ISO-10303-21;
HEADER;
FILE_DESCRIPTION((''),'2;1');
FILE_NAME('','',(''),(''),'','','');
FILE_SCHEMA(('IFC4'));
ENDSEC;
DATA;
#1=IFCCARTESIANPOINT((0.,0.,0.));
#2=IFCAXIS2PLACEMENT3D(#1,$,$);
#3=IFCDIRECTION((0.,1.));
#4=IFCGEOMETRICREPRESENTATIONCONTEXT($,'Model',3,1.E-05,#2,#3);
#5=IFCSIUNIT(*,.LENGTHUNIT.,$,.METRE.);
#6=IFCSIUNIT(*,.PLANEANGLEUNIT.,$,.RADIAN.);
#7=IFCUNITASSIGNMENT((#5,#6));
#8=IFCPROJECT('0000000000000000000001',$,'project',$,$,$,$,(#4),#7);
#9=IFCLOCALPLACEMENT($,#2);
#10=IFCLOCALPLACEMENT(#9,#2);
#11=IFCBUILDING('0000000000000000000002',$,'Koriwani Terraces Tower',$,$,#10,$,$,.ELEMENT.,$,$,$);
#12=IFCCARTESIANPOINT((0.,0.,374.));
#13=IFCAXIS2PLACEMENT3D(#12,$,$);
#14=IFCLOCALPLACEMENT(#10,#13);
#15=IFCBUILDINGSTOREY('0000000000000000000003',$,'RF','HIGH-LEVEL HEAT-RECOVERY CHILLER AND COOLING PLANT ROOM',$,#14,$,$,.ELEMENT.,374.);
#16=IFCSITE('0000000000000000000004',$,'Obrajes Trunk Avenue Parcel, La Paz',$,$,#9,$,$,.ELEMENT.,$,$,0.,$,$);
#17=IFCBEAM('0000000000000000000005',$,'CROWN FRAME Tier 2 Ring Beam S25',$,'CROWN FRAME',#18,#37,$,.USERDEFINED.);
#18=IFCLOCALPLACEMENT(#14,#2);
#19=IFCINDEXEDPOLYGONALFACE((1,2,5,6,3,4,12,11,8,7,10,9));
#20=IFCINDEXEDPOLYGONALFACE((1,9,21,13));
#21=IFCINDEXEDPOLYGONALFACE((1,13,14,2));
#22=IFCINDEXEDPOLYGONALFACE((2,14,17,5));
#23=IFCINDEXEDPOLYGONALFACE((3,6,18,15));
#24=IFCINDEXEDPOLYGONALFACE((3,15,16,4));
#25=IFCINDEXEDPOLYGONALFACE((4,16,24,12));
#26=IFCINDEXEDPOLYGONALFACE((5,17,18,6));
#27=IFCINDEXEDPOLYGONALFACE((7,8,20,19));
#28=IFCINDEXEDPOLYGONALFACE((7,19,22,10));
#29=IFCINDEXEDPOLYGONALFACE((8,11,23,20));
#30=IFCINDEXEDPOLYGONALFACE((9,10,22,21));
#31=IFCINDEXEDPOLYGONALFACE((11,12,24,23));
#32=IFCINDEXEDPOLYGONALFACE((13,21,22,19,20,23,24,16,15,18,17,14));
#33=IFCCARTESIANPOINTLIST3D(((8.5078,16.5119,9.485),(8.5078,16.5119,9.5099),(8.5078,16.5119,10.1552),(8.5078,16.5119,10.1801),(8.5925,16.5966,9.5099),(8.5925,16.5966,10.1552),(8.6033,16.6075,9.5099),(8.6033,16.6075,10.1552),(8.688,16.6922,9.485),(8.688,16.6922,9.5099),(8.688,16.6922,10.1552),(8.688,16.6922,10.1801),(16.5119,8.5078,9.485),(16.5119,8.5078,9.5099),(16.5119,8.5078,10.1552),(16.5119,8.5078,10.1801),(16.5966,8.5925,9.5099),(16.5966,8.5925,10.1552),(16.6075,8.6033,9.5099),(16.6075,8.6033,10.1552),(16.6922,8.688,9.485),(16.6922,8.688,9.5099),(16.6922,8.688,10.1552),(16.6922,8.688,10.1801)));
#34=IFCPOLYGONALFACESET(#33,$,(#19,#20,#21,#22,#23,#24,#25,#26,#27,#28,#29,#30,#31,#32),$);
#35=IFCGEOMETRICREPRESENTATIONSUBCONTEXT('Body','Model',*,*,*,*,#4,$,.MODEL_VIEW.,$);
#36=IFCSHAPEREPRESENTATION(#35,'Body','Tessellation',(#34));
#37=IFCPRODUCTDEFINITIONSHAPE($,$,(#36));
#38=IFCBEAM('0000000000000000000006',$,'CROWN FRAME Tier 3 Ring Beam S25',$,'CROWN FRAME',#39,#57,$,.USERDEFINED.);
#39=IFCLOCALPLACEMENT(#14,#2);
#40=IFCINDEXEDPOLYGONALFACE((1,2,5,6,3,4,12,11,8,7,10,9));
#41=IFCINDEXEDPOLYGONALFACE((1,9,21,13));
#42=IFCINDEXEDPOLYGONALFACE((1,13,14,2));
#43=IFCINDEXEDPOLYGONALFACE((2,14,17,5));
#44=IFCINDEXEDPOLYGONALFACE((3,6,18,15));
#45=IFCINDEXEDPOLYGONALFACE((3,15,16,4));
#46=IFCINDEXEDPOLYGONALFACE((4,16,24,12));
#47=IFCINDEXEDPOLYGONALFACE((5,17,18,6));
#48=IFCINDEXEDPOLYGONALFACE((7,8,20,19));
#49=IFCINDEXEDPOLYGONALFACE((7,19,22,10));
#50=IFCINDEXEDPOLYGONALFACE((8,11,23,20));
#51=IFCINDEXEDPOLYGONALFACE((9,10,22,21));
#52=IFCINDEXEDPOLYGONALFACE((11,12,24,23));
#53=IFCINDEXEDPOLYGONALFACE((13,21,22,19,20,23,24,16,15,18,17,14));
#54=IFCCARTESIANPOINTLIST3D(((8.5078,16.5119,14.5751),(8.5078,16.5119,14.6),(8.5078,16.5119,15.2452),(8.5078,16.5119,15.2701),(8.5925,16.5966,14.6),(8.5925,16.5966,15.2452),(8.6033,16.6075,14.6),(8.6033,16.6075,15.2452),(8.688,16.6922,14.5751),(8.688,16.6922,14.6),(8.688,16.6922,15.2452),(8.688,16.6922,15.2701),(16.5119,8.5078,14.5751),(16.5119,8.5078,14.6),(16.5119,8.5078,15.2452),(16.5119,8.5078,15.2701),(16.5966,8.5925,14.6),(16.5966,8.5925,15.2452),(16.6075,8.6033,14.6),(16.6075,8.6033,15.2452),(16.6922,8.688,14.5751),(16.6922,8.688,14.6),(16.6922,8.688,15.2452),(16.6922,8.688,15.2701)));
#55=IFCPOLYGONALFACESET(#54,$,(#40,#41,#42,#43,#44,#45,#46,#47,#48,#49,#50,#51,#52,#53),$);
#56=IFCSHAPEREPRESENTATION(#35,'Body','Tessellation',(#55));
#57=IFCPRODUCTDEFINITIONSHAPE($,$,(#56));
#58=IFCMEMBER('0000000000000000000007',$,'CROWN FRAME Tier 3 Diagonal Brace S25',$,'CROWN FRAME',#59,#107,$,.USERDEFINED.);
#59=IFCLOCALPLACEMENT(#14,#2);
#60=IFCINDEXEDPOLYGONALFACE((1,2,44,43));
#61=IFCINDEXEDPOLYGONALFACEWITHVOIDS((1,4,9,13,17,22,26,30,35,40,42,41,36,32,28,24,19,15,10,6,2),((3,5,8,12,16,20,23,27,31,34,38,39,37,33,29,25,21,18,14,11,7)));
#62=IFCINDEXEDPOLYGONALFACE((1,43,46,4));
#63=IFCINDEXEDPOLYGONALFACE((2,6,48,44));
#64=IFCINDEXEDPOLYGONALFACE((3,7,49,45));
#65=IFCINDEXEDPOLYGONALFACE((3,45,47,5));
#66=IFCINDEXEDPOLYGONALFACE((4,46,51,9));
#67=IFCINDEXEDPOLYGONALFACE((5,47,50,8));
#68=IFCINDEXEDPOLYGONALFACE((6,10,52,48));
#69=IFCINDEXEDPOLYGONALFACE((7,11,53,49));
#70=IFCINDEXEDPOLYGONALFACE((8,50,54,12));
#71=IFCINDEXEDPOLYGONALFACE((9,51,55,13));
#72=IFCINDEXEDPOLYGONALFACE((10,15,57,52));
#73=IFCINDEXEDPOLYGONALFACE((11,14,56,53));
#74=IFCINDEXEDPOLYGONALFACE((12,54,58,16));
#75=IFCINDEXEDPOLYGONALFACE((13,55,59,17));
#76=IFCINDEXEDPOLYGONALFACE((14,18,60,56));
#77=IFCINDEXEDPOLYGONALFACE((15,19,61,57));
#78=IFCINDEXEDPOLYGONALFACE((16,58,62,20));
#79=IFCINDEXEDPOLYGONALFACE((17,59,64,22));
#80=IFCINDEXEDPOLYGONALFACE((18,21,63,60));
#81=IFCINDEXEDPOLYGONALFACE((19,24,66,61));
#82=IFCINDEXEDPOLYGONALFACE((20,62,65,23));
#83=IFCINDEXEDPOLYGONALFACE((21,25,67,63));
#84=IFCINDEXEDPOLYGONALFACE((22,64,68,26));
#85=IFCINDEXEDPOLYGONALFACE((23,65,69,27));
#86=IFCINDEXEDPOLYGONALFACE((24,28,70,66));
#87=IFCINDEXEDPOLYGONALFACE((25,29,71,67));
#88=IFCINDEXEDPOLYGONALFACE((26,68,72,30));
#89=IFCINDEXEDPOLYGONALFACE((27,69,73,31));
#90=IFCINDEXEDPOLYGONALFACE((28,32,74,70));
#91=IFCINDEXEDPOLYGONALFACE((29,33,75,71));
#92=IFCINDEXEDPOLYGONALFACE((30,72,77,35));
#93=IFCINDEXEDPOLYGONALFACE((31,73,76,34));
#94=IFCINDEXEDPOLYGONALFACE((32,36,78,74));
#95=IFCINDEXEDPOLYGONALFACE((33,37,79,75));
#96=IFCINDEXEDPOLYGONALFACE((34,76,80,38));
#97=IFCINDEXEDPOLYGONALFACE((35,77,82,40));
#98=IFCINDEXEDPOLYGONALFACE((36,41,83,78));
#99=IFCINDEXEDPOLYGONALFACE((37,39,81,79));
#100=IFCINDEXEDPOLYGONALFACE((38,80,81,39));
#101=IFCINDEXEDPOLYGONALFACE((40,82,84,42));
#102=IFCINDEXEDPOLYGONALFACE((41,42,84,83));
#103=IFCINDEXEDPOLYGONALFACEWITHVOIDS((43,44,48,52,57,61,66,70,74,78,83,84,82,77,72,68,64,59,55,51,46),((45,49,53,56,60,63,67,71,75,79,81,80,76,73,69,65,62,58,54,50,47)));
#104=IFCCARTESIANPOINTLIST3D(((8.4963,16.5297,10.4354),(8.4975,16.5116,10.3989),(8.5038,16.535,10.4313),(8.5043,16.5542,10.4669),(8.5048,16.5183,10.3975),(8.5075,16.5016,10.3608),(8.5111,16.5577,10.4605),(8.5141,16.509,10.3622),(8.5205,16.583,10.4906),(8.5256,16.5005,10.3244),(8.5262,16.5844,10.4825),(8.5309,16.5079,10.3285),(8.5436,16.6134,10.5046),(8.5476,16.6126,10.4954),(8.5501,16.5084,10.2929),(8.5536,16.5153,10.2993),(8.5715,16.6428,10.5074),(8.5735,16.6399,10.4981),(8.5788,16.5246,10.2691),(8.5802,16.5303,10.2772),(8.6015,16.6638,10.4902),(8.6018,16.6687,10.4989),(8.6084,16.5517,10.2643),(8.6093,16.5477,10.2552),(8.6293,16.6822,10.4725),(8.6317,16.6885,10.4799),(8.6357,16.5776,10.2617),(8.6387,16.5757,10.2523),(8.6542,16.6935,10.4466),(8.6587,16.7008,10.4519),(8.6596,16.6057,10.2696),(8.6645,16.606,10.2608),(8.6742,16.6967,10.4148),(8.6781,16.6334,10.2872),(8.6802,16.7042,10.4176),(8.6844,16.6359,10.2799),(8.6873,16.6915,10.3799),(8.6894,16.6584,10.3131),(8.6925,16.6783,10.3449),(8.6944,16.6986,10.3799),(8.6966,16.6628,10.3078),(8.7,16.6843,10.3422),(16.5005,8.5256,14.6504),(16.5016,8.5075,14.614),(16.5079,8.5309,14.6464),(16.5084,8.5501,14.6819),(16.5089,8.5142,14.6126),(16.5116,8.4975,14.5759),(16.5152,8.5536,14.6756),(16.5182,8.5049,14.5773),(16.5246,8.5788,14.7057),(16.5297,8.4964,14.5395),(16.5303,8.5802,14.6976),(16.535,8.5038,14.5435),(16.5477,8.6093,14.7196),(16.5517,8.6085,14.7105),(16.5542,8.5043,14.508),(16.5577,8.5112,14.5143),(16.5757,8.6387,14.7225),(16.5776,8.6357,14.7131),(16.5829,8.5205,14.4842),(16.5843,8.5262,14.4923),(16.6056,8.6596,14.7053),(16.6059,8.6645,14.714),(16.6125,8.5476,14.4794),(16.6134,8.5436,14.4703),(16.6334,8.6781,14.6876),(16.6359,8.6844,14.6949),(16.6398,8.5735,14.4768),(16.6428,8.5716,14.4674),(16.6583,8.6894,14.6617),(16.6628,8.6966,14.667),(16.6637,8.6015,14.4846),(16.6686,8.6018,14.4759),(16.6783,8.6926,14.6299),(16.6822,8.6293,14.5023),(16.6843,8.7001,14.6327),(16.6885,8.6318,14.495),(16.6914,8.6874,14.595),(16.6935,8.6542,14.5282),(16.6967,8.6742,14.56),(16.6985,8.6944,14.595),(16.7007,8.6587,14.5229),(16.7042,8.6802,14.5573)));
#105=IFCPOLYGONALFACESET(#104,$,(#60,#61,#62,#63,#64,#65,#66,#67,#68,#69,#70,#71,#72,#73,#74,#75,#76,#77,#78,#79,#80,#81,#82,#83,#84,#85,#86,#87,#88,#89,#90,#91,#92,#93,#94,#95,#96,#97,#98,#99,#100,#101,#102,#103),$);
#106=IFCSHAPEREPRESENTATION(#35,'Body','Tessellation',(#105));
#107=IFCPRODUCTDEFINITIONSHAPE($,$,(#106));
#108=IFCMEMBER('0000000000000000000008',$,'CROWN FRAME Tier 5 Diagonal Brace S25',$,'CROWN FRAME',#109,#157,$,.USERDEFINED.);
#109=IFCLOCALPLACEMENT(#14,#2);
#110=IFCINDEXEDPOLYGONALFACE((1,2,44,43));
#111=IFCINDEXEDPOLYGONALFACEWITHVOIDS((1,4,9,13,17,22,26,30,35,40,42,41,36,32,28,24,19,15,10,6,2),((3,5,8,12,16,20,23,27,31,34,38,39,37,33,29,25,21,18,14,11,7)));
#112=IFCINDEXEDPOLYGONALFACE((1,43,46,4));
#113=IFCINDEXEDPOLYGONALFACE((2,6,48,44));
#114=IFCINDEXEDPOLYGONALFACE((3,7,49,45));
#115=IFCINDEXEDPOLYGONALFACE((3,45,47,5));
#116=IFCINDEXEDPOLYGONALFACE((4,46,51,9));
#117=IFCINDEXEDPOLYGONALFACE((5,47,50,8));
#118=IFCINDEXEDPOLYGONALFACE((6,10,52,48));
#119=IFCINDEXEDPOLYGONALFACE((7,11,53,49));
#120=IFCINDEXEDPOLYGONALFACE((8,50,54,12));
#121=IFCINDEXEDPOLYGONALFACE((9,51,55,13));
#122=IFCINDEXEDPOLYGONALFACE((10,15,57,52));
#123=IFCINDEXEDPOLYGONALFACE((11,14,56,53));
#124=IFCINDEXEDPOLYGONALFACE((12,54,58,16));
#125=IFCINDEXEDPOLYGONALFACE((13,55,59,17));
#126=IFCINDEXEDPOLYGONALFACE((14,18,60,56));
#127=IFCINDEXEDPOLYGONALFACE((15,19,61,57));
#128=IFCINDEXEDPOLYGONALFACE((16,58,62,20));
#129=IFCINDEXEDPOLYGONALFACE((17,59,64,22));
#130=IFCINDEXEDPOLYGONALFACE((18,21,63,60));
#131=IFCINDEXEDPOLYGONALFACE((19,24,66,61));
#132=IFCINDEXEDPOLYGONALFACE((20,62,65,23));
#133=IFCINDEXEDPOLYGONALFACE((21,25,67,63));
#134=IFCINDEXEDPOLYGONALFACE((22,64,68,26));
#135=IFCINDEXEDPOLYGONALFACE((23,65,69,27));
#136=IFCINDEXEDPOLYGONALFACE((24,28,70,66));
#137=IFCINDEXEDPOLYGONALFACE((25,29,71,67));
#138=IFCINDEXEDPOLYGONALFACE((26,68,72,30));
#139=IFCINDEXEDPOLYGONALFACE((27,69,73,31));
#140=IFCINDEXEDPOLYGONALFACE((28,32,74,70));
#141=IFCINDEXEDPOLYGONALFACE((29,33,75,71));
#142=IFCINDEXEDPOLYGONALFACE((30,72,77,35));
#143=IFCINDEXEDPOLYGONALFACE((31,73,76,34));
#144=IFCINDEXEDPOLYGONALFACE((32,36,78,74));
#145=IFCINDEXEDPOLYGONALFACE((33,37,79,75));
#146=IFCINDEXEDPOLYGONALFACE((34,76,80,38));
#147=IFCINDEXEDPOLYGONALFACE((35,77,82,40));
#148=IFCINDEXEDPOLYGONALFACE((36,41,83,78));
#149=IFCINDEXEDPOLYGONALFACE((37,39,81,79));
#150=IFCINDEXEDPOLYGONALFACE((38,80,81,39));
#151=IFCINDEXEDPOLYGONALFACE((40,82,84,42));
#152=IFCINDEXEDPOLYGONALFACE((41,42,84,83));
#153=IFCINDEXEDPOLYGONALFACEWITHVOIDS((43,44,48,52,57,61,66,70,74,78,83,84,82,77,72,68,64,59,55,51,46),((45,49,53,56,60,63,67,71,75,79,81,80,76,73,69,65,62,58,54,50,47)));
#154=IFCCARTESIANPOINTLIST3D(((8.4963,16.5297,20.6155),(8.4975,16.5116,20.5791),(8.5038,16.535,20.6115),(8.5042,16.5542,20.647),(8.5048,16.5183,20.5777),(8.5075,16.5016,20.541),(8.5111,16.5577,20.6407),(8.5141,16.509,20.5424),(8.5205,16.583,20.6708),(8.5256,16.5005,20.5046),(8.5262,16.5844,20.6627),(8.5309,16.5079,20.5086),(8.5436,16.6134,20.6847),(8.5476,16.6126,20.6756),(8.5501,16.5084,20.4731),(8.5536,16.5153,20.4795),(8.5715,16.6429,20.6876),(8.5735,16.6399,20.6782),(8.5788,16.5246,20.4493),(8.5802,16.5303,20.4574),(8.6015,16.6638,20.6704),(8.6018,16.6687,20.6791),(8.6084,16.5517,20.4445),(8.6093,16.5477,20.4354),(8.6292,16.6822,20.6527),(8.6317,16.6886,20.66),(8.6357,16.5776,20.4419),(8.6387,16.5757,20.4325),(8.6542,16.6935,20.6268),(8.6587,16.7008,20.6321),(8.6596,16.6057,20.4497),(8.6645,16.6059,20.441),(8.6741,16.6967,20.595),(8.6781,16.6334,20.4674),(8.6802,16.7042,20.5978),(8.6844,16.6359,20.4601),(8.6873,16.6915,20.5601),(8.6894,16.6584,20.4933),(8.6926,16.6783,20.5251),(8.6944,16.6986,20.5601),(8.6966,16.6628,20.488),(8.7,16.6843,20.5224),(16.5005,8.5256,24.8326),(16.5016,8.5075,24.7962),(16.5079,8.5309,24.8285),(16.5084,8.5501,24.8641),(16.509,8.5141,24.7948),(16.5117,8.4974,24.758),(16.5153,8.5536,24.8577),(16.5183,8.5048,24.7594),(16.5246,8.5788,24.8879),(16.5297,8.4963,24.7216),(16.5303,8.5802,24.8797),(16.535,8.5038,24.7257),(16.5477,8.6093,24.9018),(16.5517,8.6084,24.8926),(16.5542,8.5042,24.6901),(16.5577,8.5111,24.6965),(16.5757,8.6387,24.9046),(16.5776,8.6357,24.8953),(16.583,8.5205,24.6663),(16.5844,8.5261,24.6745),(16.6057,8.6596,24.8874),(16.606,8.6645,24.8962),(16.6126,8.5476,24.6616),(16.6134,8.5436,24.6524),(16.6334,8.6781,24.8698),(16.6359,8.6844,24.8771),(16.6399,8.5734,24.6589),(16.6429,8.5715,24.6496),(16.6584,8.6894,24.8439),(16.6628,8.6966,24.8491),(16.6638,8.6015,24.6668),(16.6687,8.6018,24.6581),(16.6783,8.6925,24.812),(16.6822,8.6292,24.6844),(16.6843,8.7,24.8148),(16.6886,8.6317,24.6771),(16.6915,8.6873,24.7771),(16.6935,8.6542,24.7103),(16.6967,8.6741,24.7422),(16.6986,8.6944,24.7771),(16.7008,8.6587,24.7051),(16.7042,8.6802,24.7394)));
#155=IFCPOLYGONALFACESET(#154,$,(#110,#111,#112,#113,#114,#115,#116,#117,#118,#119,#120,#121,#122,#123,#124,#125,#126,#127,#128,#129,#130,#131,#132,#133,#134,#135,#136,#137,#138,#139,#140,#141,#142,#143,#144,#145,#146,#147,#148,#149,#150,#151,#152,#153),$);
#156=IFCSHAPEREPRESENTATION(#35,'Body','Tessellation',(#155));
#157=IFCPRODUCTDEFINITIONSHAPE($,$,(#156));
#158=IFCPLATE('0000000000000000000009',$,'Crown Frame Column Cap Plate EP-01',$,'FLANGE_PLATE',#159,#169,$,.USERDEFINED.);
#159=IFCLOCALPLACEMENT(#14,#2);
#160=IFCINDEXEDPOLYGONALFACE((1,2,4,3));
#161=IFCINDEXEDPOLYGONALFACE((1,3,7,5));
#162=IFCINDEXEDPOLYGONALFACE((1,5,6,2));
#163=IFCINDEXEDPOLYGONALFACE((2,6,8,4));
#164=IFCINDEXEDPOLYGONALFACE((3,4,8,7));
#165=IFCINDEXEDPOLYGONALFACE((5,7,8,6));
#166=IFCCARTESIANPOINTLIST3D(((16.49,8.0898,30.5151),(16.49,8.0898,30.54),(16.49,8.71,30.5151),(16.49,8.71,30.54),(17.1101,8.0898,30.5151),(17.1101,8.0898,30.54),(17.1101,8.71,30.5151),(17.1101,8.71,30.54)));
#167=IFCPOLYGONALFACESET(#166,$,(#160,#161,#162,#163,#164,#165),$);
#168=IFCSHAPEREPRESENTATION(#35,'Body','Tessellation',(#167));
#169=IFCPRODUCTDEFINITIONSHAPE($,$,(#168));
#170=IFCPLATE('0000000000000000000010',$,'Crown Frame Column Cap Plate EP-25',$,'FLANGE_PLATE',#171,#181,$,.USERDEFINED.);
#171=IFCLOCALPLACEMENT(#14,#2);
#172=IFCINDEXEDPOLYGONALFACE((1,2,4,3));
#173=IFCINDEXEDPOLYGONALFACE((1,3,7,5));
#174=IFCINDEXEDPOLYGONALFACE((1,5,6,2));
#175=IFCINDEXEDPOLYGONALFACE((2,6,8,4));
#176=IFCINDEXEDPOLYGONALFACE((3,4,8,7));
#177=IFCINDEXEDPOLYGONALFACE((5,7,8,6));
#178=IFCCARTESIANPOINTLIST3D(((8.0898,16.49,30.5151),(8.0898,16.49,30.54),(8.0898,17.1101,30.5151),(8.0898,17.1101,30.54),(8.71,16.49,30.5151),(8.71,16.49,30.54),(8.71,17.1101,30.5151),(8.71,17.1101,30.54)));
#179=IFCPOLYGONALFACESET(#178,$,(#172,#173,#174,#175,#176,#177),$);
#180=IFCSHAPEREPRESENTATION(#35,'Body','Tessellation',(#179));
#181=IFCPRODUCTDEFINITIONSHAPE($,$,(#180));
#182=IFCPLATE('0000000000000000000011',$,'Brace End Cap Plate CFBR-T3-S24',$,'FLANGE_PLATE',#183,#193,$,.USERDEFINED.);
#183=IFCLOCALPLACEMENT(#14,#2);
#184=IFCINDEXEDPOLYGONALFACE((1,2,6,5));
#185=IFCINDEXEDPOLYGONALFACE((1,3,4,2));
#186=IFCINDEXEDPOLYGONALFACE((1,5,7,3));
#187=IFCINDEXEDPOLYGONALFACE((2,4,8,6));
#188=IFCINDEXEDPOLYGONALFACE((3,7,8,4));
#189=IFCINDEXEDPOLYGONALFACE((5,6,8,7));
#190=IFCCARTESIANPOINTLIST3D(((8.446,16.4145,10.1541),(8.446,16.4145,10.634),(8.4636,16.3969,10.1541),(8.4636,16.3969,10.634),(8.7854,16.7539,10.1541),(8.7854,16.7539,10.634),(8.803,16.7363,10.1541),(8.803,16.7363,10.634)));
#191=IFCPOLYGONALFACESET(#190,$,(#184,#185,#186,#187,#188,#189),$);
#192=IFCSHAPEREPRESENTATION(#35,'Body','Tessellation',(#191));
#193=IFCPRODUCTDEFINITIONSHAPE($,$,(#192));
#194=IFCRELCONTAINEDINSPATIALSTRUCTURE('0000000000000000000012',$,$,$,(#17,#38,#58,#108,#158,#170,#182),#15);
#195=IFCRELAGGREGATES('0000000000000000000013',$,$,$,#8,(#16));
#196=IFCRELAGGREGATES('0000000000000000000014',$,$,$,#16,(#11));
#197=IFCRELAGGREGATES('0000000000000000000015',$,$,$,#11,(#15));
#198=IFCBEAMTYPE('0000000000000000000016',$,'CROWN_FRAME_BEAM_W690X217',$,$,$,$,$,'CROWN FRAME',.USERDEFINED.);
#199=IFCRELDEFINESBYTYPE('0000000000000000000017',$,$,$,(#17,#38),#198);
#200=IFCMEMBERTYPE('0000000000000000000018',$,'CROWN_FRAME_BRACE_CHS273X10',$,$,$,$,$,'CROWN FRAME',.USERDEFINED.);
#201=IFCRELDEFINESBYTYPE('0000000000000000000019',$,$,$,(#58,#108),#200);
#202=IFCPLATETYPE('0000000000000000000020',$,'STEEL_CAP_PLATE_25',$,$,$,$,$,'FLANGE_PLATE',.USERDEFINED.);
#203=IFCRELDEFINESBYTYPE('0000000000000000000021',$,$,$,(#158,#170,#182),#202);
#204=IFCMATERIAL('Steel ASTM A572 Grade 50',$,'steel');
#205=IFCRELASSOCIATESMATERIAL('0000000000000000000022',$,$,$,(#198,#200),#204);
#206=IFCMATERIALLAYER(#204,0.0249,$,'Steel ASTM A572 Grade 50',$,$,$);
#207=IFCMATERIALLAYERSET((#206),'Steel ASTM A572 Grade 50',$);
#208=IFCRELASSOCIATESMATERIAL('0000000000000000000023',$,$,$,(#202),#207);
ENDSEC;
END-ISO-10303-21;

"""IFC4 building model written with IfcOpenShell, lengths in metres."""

from ifc_helpers import new_model, si_unit, direction, frame, origin, origin_2d, place, context, subcontext, project, spatial, rectangle, hollow_circle, i_section, extrude, material, layer, layer_set, material_profile, profile_set, type_object, element, save


model = new_model("IFC4")

# Units and contexts
model_context = context("Model", 3, precision=1e-05, world=origin(), true_north=direction((0.0, 1.0)))
body_context = subcontext(model_context, "Body", "Model", "MODEL_VIEW")
ifc_project = project(units=[si_unit("LENGTHUNIT", "METRE"), si_unit("PLANEANGLEUNIT", "RADIAN")], contexts=[model_context])

# Site, building, storey
site_placement = place(None, origin())
site = spatial("IfcSite", under=ifc_project, at=site_placement, Name="Obrajes Trunk Avenue Parcel, La Paz", CompositionType="ELEMENT", RefElevation=0.0)
building_placement = place(site_placement, origin())
building = spatial("IfcBuilding", under=site, at=building_placement, Name="Koriwani Terraces Tower", CompositionType="ELEMENT")
storey_placement = place(building_placement, frame((0.0, 0.0, 374.0)))
storey = spatial("IfcBuildingStorey", under=building, at=storey_placement, Name="RF", Description="HIGH-LEVEL HEAT-RECOVERY CHILLER AND COOLING PLANT ROOM", CompositionType="ELEMENT", Elevation=374.0)

# Shared definitions
ifc_material_1 = material(Name="Steel ASTM A572 Grade 50", Category="steel")

# Beams
ifc_material_profile_1 = material_profile(ifc_material_1, i_section(OverallWidth=0.2549, OverallDepth=0.6951, WebThickness=0.0154, FlangeThickness=0.0249, at=origin_2d()), Name="Steel ASTM A572 Grade 50", Category="LoadBearing")
ifc_profile_set_1 = profile_set([ifc_material_profile_1], Name="Steel ASTM A572 Grade 50")
beam_type_1 = type_object("IfcBeamType", Name="CROWN_FRAME_BEAM_W690X217", ElementType="CROWN FRAME", PredefinedType="USERDEFINED", material=ifc_profile_set_1)
for number, where, z_axis, x_axis, name in (
    (1, (8.5979, 16.6021, 9.8325), (0.707107, -0.707107, 0.0), (0.707107, 0.707107, 0.0), "CROWN FRAME Tier 2 Ring Beam S25"),
    (2, (8.5979, 16.6021, 14.9226), (0.707107, -0.707107, 0.0), (0.707107, 0.707107, 0.0), "CROWN FRAME Tier 3 Ring Beam S25"),
):
    element("IfcBeam", number, at=place(storey_placement, frame(where, z_axis=z_axis, x_axis=x_axis)), inside=storey, type_object=beam_type_1, Name=name, ObjectType="CROWN FRAME", PredefinedType="USERDEFINED", context=body_context, shape_type="SweptSolid", body=[
        extrude(i_section(OverallWidth=0.2549, OverallDepth=0.6951, WebThickness=0.0154, FlangeThickness=0.0249, at=origin_2d()), origin(), (0.0, 0.0, 1.0), 11.3196),
    ])

# Members
ifc_material_profile_2 = material_profile(ifc_material_1, hollow_circle(Radius=0.1365, WallThickness=0.01, at=origin_2d()), Name="Steel ASTM A572 Grade 50", Category="LoadBearing")
ifc_profile_set_2 = profile_set([ifc_material_profile_2], Name="Steel ASTM A572 Grade 50")
member_type = type_object("IfcMemberType", Name="CROWN_FRAME_BRACE_CHS273X10", ElementType="CROWN FRAME", PredefinedType="USERDEFINED", material=ifc_profile_set_2)
member_1_placement = place(storey_placement, frame((8.5979, 16.6021, 10.3799), z_axis=(0.662656, -0.662656, 0.348963), x_axis=(0.707107, 0.707107, 0.0)))
element("IfcMember", 3, at=member_1_placement, inside=storey, type_object=member_type, Name="CROWN FRAME Tier 3 Diagonal Brace S25", ObjectType="CROWN FRAME", PredefinedType="USERDEFINED", context=body_context, shape_type="SweptSolid", body=[
    extrude(hollow_circle(Radius=0.1365, WallThickness=0.01, at=origin_2d()), origin(), (0.0, 0.0, 1.0), 12.0789),
])
member_2_placement = place(storey_placement, frame((8.5979, 16.6021, 20.5601), z_axis=(0.662618, -0.662618, 0.349105), x_axis=(0.707107, 0.707107, 0.0)))
element("IfcMember", 4, at=member_2_placement, inside=storey, type_object=member_type, Name="CROWN FRAME Tier 5 Diagonal Brace S25", ObjectType="CROWN FRAME", PredefinedType="USERDEFINED", context=body_context, shape_type="SweptSolid", body=[
    extrude(hollow_circle(Radius=0.1365, WallThickness=0.01, at=origin_2d()), origin(), (0.0, 0.0, 1.0), 12.0796),
])

# Plates
ifc_layer_1 = layer(ifc_material_1, 0.0249, Name="Steel ASTM A572 Grade 50")
ifc_layer_set_1 = layer_set([ifc_layer_1], Name="Steel ASTM A572 Grade 50")
plate_type_1 = type_object("IfcPlateType", Name="STEEL_CAP_PLATE_25", ElementType="FLANGE_PLATE", PredefinedType="USERDEFINED", material=ifc_layer_set_1)
for number, where, z_axis, x_axis, name in (
    (5, (16.8, 8.3999, 30.5151), (0.0, 0.0, 1.0), (1.0, 0.0, 0.0), "Crown Frame Column Cap Plate EP-01"),
    (6, (8.3999, 16.8, 30.5151), (0.0, 0.0, 1.0), (1.0, 0.0, 0.0), "Crown Frame Column Cap Plate EP-25"),
):
    element("IfcPlate", number, at=place(storey_placement, frame(where, z_axis=z_axis, x_axis=x_axis)), inside=storey, type_object=plate_type_1, Name=name, ObjectType="FLANGE_PLATE", PredefinedType="USERDEFINED", context=body_context, shape_type="SweptSolid", body=[
        extrude(rectangle(XDim=0.6201, YDim=0.6201, at=origin_2d()), origin(), (0.0, 0.0, 1.0), 0.0249),
    ])
for number, where, z_axis, x_axis, name in (
    (7, (8.6245, 16.5754, 10.1541), (0.0, 0.0, 1.0), (0.707107, -0.707107, 0.0), "Brace End Cap Plate CFBR-T3-S24"),
):
    element("IfcPlate", number, at=place(storey_placement, frame(where, z_axis=z_axis, x_axis=x_axis)), inside=storey, type_object=plate_type_1, Name=name, ObjectType="FLANGE_PLATE", PredefinedType="USERDEFINED", context=body_context, shape_type="SweptSolid", body=[
        extrude(rectangle(XDim=0.0249, YDim=0.48, at=origin_2d()), origin(), (0.0, 0.0, 1.0), 0.48),
    ])

save(model, "model.ifc")
